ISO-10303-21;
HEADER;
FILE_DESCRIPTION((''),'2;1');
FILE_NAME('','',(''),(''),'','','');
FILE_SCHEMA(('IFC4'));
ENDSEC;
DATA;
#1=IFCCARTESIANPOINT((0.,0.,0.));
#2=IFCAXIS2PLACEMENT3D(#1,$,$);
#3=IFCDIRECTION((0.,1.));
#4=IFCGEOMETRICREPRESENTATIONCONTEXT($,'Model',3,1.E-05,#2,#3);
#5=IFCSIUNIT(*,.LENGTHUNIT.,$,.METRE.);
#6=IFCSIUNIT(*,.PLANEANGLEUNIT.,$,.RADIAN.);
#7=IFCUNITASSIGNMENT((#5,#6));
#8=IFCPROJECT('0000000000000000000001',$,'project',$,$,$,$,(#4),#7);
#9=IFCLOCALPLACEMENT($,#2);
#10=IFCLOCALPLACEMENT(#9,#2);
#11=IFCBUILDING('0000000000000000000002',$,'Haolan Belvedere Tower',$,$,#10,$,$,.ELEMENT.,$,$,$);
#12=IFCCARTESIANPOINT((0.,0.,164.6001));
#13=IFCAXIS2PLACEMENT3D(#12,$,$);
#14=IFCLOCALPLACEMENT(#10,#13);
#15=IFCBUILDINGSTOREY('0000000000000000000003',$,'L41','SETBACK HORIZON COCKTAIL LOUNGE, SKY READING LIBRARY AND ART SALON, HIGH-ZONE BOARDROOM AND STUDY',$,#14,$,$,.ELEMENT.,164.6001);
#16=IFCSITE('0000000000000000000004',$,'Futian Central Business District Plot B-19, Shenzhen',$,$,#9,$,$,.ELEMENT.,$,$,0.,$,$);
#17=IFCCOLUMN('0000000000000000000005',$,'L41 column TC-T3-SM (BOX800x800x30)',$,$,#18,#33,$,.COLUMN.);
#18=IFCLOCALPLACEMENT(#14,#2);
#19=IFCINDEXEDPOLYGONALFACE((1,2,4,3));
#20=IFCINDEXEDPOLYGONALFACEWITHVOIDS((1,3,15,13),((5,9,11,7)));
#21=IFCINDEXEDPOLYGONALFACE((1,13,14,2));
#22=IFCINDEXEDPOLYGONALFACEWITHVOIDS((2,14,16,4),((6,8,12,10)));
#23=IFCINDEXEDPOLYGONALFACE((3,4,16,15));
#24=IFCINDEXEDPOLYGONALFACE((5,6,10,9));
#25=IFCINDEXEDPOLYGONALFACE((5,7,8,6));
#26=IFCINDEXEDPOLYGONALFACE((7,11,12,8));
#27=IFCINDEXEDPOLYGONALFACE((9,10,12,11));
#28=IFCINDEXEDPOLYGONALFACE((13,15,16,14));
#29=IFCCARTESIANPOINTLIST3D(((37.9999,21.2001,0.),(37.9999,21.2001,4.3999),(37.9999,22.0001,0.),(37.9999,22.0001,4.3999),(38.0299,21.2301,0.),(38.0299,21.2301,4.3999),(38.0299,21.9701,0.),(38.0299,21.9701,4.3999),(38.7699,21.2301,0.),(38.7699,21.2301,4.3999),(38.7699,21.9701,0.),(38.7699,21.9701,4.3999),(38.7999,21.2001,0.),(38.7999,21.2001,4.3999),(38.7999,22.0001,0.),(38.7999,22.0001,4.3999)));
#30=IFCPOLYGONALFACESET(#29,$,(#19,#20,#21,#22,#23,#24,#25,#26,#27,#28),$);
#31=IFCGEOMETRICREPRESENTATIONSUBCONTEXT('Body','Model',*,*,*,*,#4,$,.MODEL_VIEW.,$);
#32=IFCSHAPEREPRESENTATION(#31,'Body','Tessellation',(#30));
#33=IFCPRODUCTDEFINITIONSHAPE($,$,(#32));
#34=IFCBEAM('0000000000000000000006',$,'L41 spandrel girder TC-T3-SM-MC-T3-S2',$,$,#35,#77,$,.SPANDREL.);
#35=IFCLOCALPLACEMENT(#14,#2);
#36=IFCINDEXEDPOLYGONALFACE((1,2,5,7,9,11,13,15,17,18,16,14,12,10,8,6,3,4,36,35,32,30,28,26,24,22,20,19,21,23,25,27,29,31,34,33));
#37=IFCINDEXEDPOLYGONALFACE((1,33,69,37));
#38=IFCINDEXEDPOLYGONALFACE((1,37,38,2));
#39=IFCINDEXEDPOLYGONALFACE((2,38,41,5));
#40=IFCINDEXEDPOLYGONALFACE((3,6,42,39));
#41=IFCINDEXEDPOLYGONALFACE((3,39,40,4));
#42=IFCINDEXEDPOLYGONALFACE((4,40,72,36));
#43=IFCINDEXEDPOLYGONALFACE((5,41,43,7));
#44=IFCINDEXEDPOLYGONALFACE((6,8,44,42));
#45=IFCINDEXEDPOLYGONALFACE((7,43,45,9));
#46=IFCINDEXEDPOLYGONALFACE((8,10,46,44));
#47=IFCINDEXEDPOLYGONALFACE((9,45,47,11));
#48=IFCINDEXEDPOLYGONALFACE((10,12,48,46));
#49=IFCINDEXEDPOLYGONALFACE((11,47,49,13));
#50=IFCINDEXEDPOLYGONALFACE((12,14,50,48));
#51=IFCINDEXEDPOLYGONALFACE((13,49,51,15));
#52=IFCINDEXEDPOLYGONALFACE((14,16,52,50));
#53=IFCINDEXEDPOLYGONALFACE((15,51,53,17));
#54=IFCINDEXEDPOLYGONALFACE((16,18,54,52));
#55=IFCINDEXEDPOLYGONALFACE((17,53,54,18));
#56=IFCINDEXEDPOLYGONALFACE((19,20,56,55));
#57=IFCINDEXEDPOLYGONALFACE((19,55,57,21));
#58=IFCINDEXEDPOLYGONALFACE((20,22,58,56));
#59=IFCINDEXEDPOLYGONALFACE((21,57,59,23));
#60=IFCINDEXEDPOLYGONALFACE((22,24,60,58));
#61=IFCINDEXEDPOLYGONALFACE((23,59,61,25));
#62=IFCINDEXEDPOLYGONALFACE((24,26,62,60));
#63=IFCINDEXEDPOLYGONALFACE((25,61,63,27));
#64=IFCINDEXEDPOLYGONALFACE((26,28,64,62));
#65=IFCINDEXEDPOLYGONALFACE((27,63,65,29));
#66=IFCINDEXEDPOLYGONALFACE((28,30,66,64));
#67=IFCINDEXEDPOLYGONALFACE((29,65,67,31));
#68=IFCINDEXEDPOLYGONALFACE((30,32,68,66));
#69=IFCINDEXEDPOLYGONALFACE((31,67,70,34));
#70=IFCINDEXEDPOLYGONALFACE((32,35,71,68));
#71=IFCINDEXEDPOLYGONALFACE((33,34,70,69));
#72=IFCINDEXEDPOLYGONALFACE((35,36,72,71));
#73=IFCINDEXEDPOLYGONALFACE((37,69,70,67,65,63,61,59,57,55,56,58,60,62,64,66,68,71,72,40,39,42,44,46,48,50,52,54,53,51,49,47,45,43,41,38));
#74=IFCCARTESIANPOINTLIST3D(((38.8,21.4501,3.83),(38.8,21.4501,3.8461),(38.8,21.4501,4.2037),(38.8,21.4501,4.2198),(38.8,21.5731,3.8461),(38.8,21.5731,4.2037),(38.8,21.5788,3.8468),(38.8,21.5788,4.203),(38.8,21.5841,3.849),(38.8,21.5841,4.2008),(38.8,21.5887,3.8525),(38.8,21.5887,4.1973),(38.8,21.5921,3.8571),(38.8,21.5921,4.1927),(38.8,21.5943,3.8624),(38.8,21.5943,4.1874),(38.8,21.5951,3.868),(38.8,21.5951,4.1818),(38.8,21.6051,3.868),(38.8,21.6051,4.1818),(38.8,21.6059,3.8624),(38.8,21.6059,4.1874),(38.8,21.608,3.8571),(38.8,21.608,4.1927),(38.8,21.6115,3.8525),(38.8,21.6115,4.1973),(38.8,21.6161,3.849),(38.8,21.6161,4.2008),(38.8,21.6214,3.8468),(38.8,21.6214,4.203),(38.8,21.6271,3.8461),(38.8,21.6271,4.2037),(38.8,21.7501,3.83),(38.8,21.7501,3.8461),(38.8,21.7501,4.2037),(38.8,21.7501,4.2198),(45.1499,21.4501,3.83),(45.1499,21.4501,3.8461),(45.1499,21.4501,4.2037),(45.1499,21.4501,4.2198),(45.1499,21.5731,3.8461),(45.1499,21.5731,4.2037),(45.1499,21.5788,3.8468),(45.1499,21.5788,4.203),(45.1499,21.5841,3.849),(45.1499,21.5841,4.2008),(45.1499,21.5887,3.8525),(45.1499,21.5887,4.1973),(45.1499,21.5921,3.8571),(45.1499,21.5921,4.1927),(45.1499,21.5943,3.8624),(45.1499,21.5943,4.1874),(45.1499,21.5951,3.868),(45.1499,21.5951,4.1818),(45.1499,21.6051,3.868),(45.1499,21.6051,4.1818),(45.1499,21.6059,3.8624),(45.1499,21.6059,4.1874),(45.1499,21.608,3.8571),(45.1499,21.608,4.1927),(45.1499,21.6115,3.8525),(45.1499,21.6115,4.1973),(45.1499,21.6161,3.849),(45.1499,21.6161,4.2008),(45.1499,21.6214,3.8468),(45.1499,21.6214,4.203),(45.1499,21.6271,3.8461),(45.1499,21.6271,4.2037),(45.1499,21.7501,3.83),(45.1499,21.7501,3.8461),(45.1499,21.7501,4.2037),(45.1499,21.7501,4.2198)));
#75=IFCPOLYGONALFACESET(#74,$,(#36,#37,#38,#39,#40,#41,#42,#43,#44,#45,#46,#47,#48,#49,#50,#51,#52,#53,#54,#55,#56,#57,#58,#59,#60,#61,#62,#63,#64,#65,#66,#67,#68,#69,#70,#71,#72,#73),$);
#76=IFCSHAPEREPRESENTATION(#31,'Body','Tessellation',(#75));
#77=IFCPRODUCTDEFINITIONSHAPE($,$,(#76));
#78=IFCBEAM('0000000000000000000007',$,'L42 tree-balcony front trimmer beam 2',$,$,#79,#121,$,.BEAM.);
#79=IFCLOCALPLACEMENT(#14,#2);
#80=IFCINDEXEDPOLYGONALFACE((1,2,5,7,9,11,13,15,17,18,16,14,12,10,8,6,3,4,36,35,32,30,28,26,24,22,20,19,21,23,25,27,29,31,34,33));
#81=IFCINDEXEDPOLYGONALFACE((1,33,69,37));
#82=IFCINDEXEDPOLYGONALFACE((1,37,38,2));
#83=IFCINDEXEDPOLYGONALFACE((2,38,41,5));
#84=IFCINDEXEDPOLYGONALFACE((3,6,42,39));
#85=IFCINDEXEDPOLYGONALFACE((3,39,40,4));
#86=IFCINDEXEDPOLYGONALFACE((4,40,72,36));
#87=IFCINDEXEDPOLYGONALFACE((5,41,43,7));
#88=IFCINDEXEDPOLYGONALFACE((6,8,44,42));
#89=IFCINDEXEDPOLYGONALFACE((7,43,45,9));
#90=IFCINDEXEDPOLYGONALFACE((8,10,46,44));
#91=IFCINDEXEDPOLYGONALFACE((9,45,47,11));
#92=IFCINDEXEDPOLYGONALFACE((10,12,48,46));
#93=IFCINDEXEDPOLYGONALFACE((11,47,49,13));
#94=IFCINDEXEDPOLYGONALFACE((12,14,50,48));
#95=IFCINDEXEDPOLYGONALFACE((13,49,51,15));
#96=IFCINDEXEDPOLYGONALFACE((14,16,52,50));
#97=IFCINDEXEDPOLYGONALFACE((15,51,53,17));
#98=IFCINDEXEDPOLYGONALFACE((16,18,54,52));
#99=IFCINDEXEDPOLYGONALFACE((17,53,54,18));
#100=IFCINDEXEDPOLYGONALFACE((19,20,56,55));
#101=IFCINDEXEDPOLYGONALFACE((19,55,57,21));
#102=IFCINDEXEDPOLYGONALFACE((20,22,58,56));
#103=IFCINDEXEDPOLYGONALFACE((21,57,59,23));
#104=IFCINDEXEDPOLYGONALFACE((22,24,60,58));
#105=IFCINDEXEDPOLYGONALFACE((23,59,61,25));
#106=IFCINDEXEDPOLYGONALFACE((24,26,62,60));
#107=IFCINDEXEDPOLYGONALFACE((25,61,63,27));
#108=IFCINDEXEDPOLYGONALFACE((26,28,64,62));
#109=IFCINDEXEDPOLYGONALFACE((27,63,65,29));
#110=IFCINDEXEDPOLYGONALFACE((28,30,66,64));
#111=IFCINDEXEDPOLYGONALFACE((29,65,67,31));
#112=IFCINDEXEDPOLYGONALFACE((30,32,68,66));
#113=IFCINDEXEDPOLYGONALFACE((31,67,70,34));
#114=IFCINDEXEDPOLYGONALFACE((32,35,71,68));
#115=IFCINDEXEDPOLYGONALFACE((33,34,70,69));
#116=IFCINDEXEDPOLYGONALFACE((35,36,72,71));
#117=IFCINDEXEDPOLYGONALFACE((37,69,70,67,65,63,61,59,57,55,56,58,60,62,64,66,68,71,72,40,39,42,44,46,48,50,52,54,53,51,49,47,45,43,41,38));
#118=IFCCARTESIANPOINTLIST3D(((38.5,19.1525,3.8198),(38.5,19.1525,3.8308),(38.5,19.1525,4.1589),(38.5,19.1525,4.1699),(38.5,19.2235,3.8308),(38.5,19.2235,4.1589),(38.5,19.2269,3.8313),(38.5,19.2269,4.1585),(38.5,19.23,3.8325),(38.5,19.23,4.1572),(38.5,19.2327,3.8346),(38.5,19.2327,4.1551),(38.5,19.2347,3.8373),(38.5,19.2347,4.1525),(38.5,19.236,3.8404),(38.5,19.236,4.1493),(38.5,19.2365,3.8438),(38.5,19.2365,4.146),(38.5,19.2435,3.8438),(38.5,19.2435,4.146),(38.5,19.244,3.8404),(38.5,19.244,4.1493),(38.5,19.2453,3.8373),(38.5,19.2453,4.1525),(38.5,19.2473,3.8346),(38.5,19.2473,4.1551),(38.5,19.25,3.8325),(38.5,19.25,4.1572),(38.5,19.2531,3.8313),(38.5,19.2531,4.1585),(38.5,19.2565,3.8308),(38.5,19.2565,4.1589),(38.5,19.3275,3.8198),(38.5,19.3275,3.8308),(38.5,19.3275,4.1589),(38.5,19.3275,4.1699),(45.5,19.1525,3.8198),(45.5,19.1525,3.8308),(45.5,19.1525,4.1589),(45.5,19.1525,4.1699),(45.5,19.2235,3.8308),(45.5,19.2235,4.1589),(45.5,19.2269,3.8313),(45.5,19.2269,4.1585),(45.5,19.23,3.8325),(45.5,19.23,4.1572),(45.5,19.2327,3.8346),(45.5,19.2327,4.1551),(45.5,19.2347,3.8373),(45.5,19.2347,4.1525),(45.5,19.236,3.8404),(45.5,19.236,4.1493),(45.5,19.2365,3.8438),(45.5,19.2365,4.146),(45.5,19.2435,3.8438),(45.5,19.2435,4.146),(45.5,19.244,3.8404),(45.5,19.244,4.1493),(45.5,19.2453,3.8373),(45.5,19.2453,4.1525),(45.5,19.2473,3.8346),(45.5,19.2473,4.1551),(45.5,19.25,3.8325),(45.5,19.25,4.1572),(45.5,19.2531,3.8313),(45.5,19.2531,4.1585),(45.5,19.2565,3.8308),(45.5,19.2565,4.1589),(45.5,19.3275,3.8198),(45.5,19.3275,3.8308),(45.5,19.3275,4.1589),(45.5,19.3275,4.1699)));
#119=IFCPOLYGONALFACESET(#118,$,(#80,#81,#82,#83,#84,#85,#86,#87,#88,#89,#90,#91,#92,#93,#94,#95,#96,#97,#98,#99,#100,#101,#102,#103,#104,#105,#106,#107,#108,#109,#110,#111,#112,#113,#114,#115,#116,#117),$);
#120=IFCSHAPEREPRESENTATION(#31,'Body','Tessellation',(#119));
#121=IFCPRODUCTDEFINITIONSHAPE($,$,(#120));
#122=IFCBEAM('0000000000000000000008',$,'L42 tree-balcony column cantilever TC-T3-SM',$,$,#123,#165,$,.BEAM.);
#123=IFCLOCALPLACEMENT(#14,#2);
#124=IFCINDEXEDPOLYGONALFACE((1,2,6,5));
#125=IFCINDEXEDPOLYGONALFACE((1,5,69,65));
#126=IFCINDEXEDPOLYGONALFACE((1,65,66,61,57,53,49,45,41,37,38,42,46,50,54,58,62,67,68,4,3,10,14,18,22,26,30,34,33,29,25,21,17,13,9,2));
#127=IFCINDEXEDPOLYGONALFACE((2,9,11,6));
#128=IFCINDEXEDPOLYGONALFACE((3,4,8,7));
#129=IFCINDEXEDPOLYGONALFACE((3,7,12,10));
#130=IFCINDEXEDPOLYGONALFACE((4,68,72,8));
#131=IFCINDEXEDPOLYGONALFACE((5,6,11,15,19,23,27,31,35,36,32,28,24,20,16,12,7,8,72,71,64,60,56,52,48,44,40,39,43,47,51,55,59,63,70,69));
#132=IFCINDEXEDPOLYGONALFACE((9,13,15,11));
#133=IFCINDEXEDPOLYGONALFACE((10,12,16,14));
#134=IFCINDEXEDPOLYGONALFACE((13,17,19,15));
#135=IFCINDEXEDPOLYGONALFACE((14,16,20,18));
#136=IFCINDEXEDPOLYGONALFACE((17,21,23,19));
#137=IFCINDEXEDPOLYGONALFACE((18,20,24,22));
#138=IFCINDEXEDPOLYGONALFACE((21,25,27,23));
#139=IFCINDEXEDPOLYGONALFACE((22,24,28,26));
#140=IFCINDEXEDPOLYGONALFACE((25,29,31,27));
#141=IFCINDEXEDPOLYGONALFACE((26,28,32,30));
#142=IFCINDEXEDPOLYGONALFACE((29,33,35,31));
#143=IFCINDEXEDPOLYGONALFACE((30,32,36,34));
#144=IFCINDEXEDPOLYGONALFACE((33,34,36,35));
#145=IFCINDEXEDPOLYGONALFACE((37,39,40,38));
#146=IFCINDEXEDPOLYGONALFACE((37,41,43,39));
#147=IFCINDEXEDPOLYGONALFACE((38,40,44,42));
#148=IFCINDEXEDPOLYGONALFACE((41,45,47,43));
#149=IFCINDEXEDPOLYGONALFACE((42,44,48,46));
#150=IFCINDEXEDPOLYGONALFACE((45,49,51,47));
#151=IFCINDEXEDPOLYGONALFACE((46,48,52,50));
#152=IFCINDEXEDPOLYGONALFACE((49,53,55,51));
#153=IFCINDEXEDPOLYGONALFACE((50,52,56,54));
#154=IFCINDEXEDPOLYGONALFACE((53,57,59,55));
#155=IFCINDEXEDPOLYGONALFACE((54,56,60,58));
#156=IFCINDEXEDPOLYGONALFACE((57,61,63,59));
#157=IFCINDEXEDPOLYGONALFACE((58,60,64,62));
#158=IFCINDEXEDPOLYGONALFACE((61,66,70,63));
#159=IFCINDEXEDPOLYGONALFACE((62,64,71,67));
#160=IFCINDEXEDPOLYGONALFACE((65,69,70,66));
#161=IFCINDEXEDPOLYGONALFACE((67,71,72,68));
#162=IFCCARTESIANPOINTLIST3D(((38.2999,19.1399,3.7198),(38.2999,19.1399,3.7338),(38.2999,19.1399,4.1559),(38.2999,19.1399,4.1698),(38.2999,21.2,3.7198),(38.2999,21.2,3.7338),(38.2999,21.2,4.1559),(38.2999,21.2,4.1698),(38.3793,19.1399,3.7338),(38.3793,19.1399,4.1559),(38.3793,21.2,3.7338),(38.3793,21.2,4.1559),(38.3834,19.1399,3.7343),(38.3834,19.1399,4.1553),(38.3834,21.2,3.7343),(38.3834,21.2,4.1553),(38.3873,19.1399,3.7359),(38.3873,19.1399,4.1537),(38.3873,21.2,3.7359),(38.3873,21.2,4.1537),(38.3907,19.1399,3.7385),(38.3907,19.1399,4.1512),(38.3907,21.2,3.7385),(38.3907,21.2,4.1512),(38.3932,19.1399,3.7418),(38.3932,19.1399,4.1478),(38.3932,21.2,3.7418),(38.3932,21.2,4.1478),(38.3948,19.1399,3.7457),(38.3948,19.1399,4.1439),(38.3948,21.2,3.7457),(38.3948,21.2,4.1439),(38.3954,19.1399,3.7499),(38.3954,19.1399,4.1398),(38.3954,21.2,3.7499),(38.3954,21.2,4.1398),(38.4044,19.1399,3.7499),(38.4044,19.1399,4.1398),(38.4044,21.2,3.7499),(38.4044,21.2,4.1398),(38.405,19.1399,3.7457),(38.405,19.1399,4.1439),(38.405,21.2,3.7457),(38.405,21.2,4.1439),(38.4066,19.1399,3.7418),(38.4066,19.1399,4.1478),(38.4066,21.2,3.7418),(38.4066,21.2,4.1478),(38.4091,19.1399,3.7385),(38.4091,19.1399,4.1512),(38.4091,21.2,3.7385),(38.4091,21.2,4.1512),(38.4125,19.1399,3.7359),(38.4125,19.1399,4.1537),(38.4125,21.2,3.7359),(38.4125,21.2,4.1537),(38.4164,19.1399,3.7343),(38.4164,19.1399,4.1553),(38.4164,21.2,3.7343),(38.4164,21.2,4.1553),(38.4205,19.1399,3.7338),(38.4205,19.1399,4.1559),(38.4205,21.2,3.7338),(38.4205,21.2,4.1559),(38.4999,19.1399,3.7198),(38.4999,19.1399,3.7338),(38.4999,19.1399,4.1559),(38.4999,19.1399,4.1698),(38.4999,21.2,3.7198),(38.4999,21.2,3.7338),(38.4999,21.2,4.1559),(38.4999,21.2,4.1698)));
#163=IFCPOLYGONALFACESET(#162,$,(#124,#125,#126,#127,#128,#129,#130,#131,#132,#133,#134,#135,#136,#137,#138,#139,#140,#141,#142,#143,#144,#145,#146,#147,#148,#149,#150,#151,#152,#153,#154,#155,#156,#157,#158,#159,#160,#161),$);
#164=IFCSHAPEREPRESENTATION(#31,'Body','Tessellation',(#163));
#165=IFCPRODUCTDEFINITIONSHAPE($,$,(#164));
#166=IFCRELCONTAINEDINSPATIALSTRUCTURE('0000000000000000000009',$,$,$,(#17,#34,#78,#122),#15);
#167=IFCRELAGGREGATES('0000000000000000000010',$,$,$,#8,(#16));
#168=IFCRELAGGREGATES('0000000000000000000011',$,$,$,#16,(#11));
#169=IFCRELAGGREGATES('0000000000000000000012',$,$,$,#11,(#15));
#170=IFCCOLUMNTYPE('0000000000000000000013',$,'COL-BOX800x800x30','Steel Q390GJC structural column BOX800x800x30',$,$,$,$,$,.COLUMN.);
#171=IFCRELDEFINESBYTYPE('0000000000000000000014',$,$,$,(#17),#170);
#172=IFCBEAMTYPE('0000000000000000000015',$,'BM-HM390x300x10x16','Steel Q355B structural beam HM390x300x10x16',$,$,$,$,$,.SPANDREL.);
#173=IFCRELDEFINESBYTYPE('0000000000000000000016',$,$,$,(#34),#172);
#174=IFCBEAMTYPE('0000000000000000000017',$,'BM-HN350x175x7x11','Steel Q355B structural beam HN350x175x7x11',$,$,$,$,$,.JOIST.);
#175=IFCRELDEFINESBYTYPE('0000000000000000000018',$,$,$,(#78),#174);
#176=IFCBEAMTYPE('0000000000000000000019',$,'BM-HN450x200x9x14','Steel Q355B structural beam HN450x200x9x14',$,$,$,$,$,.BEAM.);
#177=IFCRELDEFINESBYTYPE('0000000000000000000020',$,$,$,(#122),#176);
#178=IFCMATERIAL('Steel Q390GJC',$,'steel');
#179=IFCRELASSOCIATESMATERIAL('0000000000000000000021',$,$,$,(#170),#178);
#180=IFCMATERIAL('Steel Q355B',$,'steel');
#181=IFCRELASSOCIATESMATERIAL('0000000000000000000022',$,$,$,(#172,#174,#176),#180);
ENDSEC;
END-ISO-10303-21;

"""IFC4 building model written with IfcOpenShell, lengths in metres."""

from ifc_helpers import new_model, si_unit, direction, frame, origin, origin_2d, place, context, subcontext, project, spatial, hollow_rectangle, i_section, extrude, material, material_profile, profile_set, type_object, element, save


model = new_model("IFC4")

# Units and contexts
model_context = context("Model", 3, precision=1e-05, world=origin(), true_north=direction((0.0, 1.0)))
body_context = subcontext(model_context, "Body", "Model", "MODEL_VIEW")
ifc_project = project(units=[si_unit("LENGTHUNIT", "METRE"), si_unit("PLANEANGLEUNIT", "RADIAN")], contexts=[model_context])

# Site, building, storey
site_placement = place(None, origin())
site = spatial("IfcSite", under=ifc_project, at=site_placement, Name="Futian Central Business District Plot B-19, Shenzhen", CompositionType="ELEMENT", RefElevation=0.0)
building_placement = place(site_placement, origin())
building = spatial("IfcBuilding", under=site, at=building_placement, Name="Haolan Belvedere Tower", CompositionType="ELEMENT")
storey_placement = place(building_placement, frame((0.0, 0.0, 164.6001)))
storey = spatial("IfcBuildingStorey", under=building, at=storey_placement, Name="L41", Description="SETBACK HORIZON COCKTAIL LOUNGE, SKY READING LIBRARY AND ART SALON, HIGH-ZONE BOARDROOM AND STUDY", CompositionType="ELEMENT", Elevation=164.6001)

# Column
ifc_material_1 = material(Name="Steel Q390GJC", Category="steel")
ifc_material_profile_1 = material_profile(ifc_material_1, hollow_rectangle(XDim=0.8, YDim=0.8, WallThickness=0.03, at=origin_2d()), Name="Steel Q390GJC")
ifc_profile_set_1 = profile_set([ifc_material_profile_1], Name="Steel Q390GJC")
column_type = type_object("IfcColumnType", Name="COL-BOX800x800x30", Description="Steel Q390GJC structural column BOX800x800x30", PredefinedType="COLUMN", material=ifc_profile_set_1)
column_placement = place(storey_placement, frame((38.3999, 21.6001, 0.0), z_axis=(0.0, 0.0, 1.0), x_axis=(1.0, 0.0, 0.0)))
element("IfcColumn", 1, at=column_placement, inside=storey, type_object=column_type, Name="L41 column TC-T3-SM (BOX800x800x30)", PredefinedType="COLUMN", context=body_context, shape_type="SweptSolid", body=[
    extrude(hollow_rectangle(XDim=0.8, YDim=0.8, WallThickness=0.03, at=origin_2d()), origin(), (0.0, 0.0, 1.0), 4.3999),
])

# Beams
ifc_material_2 = material(Name="Steel Q355B", Category="steel")
ifc_material_profile_2 = material_profile(ifc_material_2, i_section(OverallWidth=0.3, OverallDepth=0.3899, WebThickness=0.01, FlangeThickness=0.0161, FilletRadius=0.022, at=origin_2d()), Name="Steel Q355B")
ifc_profile_set_2 = profile_set([ifc_material_profile_2], Name="Steel Q355B")
beam_type_1 = type_object("IfcBeamType", Name="BM-HM390x300x10x16", Description="Steel Q355B structural beam HM390x300x10x16", PredefinedType="SPANDREL", material=ifc_profile_set_2)
beam_1_placement = place(storey_placement, frame((38.8, 21.6001, 4.0249), z_axis=(1.0, 0.0, 0.0), x_axis=(0.0, 1.0, 0.0)))
element("IfcBeam", 2, at=beam_1_placement, inside=storey, type_object=beam_type_1, Name="L41 spandrel girder TC-T3-SM-MC-T3-S2", PredefinedType="SPANDREL", context=body_context, shape_type="SweptSolid", body=[
    extrude(i_section(OverallWidth=0.3, OverallDepth=0.3899, WebThickness=0.01, FlangeThickness=0.0161, FilletRadius=0.022, at=origin_2d()), origin(), (0.0, 0.0, 1.0), 6.3499),
])
ifc_material_profile_3 = material_profile(ifc_material_2, i_section(OverallWidth=0.175, OverallDepth=0.3501, WebThickness=0.0071, FlangeThickness=0.011, FilletRadius=0.0129, at=origin_2d()), Name="Steel Q355B")
ifc_profile_set_3 = profile_set([ifc_material_profile_3], Name="Steel Q355B")
beam_type_2 = type_object("IfcBeamType", Name="BM-HN350x175x7x11", Description="Steel Q355B structural beam HN350x175x7x11", PredefinedType="JOIST", material=ifc_profile_set_3)
beam_2_placement = place(storey_placement, frame((38.5, 19.24, 3.9949), z_axis=(1.0, 0.0, 0.0), x_axis=(0.0, 1.0, 0.0)))
element("IfcBeam", 3, at=beam_2_placement, inside=storey, type_object=beam_type_2, Name="L42 tree-balcony front trimmer beam 2", PredefinedType="BEAM", context=body_context, shape_type="SweptSolid", body=[
    extrude(i_section(OverallWidth=0.175, OverallDepth=0.3501, WebThickness=0.0071, FlangeThickness=0.011, FilletRadius=0.0129, at=origin_2d()), origin(), (0.0, 0.0, 1.0), 7.0),
])
ifc_material_profile_4 = material_profile(ifc_material_2, i_section(OverallWidth=0.2, OverallDepth=0.45, WebThickness=0.009, FlangeThickness=0.0139, FilletRadius=0.0161, at=origin_2d()), Name="Steel Q355B")
ifc_profile_set_4 = profile_set([ifc_material_profile_4], Name="Steel Q355B")
beam_type_3 = type_object("IfcBeamType", Name="BM-HN450x200x9x14", Description="Steel Q355B structural beam HN450x200x9x14", PredefinedType="BEAM", material=ifc_profile_set_4)
beam_3_placement = place(storey_placement, frame((38.3999, 21.2, 3.9448), z_axis=(0.0, -1.0, 0.0), x_axis=(1.0, 0.0, 0.0)))
element("IfcBeam", 4, at=beam_3_placement, inside=storey, type_object=beam_type_3, Name="L42 tree-balcony column cantilever TC-T3-SM", PredefinedType="BEAM", context=body_context, shape_type="SweptSolid", body=[
    extrude(i_section(OverallWidth=0.2, OverallDepth=0.45, WebThickness=0.009, FlangeThickness=0.0139, FilletRadius=0.0161, at=origin_2d()), origin(), (0.0, 0.0, 1.0), 2.0601),
])

save(model, "model.ifc")
